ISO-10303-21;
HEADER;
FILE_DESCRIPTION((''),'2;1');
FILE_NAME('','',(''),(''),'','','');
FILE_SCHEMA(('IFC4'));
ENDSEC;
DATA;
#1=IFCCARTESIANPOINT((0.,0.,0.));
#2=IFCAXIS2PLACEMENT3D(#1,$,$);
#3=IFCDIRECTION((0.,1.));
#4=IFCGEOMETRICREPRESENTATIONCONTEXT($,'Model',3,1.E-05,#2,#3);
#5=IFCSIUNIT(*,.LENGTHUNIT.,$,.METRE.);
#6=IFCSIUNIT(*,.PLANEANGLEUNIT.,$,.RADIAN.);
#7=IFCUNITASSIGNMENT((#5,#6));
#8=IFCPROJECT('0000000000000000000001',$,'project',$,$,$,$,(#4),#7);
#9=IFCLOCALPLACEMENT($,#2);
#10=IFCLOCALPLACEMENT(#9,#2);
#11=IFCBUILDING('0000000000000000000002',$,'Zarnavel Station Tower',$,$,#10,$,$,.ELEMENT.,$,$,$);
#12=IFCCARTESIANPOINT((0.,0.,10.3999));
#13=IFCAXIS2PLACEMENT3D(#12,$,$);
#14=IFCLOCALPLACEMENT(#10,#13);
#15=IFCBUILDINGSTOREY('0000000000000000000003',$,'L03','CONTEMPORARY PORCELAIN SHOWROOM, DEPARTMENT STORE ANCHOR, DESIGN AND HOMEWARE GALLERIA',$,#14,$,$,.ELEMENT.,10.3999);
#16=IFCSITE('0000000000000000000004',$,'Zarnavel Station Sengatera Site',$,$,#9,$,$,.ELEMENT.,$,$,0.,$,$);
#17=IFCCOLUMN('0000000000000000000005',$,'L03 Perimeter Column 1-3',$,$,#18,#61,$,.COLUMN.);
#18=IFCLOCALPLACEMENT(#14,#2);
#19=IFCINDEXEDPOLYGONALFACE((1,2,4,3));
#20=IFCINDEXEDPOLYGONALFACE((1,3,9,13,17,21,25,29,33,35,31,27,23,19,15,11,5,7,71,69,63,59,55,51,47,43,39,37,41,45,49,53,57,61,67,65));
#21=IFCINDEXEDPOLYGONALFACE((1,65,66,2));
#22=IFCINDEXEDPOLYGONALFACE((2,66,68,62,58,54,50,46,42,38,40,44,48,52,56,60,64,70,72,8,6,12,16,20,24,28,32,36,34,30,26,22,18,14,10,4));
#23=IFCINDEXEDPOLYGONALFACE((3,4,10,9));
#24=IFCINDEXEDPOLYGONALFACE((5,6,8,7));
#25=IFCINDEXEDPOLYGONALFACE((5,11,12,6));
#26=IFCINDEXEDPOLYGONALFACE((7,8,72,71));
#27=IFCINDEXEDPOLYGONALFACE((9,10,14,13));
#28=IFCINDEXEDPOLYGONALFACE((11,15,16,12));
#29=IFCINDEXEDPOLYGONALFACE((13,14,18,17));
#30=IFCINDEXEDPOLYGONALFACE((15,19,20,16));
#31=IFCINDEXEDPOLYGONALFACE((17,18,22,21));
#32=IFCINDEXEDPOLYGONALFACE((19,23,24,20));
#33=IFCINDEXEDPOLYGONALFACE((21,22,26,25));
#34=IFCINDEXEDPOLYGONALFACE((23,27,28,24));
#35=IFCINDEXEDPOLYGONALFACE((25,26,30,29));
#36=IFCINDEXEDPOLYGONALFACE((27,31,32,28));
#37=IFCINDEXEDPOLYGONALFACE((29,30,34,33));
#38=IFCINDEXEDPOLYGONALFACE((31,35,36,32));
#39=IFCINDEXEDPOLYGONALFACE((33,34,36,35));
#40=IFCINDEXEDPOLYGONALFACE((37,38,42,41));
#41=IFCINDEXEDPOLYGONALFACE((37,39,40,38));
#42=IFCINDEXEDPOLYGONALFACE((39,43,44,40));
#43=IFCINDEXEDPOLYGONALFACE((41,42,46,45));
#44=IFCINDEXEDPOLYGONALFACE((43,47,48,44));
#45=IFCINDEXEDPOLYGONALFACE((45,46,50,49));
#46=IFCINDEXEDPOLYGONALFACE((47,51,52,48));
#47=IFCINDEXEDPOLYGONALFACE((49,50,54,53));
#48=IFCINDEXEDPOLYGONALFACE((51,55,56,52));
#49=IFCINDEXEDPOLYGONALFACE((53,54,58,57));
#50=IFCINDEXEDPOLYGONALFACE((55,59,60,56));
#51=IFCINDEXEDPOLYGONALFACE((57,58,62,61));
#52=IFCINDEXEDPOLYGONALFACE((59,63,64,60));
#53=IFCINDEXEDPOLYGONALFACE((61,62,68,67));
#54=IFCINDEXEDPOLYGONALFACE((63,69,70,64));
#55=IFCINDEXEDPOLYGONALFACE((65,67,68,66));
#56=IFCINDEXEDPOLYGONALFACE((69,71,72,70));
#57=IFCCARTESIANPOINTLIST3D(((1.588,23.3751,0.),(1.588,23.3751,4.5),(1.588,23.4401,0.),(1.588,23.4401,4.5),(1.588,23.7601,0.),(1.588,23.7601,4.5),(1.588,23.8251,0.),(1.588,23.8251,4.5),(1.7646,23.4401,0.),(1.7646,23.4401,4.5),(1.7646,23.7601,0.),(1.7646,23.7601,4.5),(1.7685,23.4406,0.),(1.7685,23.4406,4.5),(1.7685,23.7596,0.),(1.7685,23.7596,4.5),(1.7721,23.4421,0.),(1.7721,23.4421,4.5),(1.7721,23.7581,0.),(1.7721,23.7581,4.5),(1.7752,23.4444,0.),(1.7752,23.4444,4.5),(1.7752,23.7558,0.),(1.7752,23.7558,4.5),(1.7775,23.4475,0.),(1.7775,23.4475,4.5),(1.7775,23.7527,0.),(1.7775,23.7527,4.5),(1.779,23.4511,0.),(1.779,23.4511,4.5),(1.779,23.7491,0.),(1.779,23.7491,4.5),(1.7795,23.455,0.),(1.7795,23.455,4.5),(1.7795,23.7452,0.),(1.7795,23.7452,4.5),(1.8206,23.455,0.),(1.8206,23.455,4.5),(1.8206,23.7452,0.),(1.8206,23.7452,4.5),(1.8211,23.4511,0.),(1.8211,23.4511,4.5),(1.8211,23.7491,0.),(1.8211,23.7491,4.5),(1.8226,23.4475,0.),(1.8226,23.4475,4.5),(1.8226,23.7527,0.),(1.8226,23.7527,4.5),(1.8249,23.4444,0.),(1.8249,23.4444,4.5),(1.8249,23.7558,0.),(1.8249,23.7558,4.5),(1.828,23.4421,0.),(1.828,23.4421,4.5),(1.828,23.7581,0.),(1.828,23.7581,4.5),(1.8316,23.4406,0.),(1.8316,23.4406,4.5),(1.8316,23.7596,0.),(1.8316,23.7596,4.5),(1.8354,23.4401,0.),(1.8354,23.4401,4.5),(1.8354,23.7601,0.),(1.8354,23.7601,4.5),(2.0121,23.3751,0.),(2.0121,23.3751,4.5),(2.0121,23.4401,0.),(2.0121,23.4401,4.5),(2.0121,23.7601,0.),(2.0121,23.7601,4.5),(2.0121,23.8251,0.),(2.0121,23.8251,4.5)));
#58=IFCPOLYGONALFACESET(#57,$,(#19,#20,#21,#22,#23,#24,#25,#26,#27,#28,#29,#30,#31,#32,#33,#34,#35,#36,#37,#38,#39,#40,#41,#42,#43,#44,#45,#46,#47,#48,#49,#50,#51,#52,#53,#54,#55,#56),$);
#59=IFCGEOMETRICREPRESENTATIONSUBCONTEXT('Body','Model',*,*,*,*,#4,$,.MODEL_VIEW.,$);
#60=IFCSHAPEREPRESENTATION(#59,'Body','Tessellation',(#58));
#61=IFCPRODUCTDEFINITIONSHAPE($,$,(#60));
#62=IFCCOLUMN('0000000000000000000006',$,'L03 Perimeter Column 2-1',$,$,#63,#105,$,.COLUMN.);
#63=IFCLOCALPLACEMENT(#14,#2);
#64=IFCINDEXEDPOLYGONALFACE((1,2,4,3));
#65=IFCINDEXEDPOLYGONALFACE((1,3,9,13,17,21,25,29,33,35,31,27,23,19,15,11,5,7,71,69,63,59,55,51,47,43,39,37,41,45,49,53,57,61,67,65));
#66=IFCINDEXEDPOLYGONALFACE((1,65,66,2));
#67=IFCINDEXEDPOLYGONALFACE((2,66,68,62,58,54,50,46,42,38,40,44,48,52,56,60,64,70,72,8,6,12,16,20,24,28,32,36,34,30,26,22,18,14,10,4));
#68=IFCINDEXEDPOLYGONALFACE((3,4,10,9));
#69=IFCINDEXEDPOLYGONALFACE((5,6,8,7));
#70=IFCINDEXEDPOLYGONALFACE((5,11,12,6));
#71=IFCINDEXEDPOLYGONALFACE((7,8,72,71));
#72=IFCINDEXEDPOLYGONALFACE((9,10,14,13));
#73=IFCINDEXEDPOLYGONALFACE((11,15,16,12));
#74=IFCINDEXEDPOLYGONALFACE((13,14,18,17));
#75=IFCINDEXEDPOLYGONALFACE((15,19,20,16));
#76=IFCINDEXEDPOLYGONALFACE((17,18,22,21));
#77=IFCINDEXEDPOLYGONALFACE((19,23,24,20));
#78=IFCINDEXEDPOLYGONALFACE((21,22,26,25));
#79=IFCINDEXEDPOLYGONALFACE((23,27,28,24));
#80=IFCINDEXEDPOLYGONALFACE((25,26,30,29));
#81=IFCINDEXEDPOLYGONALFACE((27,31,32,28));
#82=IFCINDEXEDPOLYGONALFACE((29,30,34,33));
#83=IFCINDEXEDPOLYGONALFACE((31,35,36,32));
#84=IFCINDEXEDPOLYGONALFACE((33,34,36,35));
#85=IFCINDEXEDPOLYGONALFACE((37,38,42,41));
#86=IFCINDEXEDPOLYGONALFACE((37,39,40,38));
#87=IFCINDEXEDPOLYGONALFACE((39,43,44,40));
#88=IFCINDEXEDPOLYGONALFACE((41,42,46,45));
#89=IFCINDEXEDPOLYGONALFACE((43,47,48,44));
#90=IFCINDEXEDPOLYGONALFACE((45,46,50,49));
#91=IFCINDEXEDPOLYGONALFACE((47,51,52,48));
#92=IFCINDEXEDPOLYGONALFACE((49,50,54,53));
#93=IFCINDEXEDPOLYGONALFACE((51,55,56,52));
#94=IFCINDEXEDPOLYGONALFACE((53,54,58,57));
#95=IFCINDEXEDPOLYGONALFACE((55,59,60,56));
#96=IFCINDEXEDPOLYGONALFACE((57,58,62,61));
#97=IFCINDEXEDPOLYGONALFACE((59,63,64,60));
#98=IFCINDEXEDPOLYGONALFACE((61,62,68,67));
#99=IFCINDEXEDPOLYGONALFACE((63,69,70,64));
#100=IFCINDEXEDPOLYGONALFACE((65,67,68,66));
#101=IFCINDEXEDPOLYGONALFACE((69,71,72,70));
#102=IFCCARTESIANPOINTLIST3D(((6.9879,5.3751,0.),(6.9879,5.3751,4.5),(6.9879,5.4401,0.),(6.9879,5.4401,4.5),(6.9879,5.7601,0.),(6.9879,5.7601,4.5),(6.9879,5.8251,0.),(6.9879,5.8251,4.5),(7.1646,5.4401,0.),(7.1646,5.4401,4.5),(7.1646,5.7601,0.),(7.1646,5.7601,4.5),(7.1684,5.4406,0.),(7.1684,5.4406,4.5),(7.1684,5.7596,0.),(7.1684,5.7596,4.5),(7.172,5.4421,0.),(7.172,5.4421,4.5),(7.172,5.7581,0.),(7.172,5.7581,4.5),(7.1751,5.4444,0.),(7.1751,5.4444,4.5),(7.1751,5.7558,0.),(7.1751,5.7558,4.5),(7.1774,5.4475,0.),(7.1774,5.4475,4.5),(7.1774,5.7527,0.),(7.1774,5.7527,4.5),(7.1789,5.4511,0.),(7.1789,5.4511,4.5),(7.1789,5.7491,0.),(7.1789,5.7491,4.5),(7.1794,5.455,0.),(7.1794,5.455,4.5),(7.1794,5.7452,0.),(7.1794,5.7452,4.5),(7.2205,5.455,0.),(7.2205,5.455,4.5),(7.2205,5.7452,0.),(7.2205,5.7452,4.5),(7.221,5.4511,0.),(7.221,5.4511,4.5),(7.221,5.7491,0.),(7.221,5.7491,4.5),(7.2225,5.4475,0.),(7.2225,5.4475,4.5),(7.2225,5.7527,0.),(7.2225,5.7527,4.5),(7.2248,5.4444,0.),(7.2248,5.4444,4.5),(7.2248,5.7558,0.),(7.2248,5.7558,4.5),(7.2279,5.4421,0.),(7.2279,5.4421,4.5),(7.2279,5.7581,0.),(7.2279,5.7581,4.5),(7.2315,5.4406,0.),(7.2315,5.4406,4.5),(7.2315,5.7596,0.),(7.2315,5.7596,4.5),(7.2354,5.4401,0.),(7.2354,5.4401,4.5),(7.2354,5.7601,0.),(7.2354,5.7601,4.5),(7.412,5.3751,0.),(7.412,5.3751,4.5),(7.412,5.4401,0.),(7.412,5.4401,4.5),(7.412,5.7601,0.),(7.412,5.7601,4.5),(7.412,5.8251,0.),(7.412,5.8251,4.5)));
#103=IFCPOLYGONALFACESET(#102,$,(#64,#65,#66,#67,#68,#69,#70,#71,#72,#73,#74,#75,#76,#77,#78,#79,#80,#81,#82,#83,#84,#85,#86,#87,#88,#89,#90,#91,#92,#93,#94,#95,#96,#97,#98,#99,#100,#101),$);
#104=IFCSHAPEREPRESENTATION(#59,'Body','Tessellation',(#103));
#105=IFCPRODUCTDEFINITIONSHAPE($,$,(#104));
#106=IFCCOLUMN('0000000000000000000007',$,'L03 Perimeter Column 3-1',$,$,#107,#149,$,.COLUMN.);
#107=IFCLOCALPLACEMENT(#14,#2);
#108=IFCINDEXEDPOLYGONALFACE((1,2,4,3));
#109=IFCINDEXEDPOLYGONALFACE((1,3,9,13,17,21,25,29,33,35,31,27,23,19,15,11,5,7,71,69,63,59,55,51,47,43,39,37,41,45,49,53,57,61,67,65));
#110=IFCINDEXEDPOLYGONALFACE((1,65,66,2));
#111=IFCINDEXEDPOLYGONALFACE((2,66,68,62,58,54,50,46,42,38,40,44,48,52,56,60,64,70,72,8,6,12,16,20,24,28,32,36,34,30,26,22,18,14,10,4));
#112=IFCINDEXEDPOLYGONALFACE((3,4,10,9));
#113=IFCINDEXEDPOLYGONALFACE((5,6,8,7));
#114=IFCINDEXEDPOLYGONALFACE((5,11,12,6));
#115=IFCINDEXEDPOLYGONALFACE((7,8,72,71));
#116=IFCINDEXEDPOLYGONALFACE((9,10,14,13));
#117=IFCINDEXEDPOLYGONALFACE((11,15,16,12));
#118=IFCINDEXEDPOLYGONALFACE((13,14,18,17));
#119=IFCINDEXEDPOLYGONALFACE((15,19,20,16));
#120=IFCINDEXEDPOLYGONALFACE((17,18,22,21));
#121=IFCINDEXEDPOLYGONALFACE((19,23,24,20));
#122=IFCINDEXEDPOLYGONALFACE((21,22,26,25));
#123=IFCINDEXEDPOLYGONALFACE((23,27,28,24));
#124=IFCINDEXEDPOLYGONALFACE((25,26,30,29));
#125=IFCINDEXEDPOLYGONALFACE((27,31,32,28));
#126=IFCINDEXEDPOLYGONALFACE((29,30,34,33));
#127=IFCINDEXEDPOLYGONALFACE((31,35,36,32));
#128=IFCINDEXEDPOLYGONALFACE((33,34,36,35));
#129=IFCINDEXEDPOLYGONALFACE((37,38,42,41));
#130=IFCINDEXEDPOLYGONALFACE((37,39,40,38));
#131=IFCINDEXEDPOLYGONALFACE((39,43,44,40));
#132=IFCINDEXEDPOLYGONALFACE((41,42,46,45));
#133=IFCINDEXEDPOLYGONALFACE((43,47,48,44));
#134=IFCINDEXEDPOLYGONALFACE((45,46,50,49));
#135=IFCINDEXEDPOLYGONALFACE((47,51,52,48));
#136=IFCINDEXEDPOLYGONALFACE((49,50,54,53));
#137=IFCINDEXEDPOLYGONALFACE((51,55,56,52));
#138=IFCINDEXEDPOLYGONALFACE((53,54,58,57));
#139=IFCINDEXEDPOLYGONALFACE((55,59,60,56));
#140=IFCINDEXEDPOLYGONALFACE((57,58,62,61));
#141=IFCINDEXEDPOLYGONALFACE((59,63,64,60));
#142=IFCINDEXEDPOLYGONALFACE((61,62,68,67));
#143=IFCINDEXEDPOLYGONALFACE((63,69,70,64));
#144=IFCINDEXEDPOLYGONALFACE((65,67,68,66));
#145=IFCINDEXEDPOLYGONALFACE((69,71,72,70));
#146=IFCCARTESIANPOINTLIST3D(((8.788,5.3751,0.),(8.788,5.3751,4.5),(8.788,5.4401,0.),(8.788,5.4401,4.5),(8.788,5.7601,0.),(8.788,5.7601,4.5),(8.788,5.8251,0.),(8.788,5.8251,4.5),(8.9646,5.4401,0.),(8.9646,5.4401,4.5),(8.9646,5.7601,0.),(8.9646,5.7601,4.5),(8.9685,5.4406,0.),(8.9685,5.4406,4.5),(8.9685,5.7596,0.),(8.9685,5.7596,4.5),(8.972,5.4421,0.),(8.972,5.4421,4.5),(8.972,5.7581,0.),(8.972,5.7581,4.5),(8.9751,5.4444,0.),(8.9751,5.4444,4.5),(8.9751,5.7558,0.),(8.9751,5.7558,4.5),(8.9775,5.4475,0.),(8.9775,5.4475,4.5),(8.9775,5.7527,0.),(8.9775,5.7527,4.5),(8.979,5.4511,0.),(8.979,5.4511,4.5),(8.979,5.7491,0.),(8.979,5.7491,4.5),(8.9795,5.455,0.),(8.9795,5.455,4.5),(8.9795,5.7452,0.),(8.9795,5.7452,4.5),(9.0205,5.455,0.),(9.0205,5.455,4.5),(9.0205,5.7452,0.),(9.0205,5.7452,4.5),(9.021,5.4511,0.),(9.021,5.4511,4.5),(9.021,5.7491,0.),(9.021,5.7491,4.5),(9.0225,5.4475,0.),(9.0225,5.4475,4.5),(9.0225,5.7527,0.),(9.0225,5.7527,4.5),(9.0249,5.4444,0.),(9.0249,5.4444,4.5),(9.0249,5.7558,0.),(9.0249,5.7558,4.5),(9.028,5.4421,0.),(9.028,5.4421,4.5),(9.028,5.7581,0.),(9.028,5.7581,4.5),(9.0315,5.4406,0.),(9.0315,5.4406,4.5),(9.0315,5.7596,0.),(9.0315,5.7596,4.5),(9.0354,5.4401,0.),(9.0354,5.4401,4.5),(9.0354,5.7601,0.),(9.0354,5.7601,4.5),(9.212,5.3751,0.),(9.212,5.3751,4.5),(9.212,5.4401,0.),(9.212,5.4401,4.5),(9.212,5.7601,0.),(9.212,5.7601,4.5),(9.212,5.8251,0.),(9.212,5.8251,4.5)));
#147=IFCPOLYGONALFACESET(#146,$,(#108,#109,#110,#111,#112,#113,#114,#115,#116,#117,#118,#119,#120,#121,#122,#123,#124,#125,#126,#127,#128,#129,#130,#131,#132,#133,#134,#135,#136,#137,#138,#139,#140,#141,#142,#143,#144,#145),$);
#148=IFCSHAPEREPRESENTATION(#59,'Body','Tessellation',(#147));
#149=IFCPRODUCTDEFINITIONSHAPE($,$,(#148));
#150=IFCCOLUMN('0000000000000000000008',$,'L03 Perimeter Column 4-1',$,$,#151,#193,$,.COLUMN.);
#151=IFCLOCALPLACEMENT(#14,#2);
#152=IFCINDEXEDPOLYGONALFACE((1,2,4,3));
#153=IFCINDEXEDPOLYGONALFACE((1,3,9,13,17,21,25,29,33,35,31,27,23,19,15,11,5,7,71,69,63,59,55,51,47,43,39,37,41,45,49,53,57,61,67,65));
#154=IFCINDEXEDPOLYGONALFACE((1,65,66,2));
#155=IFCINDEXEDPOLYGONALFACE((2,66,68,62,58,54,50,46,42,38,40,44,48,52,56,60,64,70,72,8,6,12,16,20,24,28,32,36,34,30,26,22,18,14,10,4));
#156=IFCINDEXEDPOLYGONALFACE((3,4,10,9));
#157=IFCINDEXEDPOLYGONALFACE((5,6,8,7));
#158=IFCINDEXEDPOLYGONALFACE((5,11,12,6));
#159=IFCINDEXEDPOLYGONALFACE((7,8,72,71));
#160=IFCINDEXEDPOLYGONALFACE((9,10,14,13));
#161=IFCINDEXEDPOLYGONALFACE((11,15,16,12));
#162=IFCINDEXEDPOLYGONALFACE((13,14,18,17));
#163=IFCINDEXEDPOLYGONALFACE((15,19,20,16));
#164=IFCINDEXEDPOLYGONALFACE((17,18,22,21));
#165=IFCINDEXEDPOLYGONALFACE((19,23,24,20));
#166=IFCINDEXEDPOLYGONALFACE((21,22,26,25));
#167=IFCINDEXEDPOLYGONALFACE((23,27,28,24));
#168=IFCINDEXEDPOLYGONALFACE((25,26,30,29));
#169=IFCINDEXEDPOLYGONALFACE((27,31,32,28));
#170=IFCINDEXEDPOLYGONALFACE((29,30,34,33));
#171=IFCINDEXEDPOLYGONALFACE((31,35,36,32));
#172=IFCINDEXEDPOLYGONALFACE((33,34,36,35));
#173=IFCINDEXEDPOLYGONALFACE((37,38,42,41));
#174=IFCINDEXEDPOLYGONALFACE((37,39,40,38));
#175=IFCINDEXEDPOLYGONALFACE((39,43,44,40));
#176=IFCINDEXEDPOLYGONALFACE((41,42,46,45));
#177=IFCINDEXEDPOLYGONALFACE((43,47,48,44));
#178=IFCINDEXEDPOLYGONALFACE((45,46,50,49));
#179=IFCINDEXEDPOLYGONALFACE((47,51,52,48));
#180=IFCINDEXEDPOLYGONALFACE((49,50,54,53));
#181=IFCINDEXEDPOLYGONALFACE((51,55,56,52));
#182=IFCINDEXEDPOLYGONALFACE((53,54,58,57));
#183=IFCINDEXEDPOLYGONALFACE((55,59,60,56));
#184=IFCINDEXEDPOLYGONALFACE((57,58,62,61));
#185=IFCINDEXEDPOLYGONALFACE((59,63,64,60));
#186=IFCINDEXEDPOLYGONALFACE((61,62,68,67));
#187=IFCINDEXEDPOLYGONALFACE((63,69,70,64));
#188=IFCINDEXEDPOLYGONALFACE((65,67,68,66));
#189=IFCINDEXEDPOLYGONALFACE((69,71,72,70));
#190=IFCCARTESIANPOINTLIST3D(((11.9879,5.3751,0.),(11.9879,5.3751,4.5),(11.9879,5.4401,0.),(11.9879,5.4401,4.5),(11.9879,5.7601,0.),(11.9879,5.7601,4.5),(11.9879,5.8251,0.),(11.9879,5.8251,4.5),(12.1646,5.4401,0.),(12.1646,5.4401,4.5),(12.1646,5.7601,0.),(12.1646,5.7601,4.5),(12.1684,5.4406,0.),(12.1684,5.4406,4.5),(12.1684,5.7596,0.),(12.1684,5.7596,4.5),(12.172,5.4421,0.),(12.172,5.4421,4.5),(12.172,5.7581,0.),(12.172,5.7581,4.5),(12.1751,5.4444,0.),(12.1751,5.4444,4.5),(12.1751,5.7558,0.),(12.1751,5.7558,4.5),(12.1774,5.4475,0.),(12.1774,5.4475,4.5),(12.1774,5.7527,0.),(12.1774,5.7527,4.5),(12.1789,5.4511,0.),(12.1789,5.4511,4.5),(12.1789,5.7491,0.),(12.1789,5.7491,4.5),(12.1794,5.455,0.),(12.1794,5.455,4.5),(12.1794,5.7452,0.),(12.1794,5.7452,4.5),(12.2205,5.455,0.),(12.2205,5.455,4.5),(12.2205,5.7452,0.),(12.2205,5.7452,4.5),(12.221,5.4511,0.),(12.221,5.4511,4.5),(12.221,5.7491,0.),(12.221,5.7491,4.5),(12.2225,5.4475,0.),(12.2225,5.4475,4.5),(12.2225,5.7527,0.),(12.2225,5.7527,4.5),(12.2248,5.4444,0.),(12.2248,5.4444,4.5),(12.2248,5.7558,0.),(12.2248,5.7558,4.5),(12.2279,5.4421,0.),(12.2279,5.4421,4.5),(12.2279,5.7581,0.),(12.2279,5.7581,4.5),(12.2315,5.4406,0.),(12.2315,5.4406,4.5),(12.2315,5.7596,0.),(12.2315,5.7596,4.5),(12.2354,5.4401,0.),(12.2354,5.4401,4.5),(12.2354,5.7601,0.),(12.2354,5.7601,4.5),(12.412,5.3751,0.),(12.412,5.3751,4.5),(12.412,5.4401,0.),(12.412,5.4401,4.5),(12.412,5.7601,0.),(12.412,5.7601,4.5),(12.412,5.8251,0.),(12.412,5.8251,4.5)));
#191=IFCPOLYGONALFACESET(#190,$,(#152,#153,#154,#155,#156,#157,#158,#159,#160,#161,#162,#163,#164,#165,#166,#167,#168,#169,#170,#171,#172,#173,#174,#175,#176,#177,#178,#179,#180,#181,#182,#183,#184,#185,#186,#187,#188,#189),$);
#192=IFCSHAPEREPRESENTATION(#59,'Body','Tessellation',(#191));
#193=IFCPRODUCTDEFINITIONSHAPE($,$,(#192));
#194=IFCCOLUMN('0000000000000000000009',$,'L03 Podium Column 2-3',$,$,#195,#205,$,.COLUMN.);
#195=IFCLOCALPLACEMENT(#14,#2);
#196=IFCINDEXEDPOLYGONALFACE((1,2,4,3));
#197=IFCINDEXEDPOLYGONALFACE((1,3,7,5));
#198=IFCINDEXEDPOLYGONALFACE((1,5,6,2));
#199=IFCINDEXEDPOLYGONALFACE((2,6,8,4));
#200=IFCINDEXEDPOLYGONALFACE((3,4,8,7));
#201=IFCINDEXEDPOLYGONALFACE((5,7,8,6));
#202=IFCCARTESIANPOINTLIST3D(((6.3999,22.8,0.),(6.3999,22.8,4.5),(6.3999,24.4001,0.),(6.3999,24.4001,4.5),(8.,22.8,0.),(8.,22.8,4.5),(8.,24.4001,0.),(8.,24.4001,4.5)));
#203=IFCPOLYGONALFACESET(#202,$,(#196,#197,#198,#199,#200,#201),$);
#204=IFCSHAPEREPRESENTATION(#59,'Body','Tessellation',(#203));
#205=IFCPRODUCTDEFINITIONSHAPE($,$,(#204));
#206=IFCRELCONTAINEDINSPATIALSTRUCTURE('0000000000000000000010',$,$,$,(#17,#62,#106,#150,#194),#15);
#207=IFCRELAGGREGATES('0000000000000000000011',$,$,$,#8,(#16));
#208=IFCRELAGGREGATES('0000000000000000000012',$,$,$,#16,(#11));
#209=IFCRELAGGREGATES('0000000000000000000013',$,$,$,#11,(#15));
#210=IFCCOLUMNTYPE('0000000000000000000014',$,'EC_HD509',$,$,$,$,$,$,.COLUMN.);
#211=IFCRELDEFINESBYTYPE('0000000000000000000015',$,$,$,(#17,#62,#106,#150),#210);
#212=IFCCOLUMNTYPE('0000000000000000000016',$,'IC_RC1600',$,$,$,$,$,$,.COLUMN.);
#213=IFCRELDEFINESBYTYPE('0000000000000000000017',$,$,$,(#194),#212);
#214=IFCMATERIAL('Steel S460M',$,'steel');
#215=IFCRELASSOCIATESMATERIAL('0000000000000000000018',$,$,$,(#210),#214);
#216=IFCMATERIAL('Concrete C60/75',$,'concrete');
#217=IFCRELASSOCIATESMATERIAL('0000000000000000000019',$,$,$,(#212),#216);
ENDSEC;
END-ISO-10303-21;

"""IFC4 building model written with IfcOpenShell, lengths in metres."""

from ifc_helpers import new_model, si_unit, direction, frame, origin, origin_2d, place, context, subcontext, project, spatial, rectangle, i_section, extrude, material, material_profile, profile_set, type_object, element, save


model = new_model("IFC4")

# Units and contexts
model_context = context("Model", 3, precision=1e-05, world=origin(), true_north=direction((0.0, 1.0)))
body_context = subcontext(model_context, "Body", "Model", "MODEL_VIEW")
ifc_project = project(units=[si_unit("LENGTHUNIT", "METRE"), si_unit("PLANEANGLEUNIT", "RADIAN")], contexts=[model_context])

# Site, building, storey
site_placement = place(None, origin())
site = spatial("IfcSite", under=ifc_project, at=site_placement, Name="Zarnavel Station Sengatera Site", CompositionType="ELEMENT", RefElevation=0.0)
building_placement = place(site_placement, origin())
building = spatial("IfcBuilding", under=site, at=building_placement, Name="Zarnavel Station Tower", CompositionType="ELEMENT")
storey_placement = place(building_placement, frame((0.0, 0.0, 10.3999)))
storey = spatial("IfcBuildingStorey", under=building, at=storey_placement, Name="L03", Description="CONTEMPORARY PORCELAIN SHOWROOM, DEPARTMENT STORE ANCHOR, DESIGN AND HOMEWARE GALLERIA", CompositionType="ELEMENT", Elevation=10.3999)

# Columns
ifc_material_1 = material(Name="Steel S460M", Category="steel")
ifc_material_profile_1 = material_profile(ifc_material_1, i_section(OverallWidth=0.4241, OverallDepth=0.45, WebThickness=0.041, FlangeThickness=0.0649, FilletRadius=0.0149, at=origin_2d()), Name="HD400x509")
ifc_profile_set_1 = profile_set([ifc_material_profile_1], Name="Steel S460M")
column_type_1 = type_object("IfcColumnType", Name="EC_HD509", PredefinedType="COLUMN", material=ifc_profile_set_1)
for number, where, z_axis, x_axis, name in (
    (1, (1.8, 23.6001, 0.0), (0.0, 0.0, 1.0), (1.0, 0.0, 0.0), "L03 Perimeter Column 1-3"),
    (2, (7.2, 5.6001, 0.0), (0.0, 0.0, 1.0), (1.0, 0.0, 0.0), "L03 Perimeter Column 2-1"),
    (3, (9.0, 5.6001, 0.0), (0.0, 0.0, 1.0), (1.0, 0.0, 0.0), "L03 Perimeter Column 3-1"),
    (4, (12.2, 5.6001, 0.0), (0.0, 0.0, 1.0), (1.0, 0.0, 0.0), "L03 Perimeter Column 4-1"),
):
    element("IfcColumn", number, at=place(storey_placement, frame(where, z_axis=z_axis, x_axis=x_axis)), inside=storey, type_object=column_type_1, Name=name, PredefinedType="COLUMN", context=body_context, shape_type="SweptSolid", body=[
        extrude(i_section(OverallWidth=0.4241, OverallDepth=0.45, WebThickness=0.041, FlangeThickness=0.0649, FilletRadius=0.0149, at=origin_2d()), origin(), (0.0, 0.0, 1.0), 4.5),
    ])
ifc_material_2 = material(Name="Concrete C60/75", Category="concrete")
ifc_material_profile_2 = material_profile(ifc_material_2, rectangle(XDim=1.6001, YDim=1.6001, at=origin_2d()), Name="RC1600x1600")
ifc_profile_set_2 = profile_set([ifc_material_profile_2], Name="Concrete C60/75")
column_type_2 = type_object("IfcColumnType", Name="IC_RC1600", PredefinedType="COLUMN", material=ifc_profile_set_2)
for number, where, z_axis, x_axis, name in (
    (5, (7.2, 23.6001, 0.0), (0.0, 0.0, 1.0), (1.0, 0.0, 0.0), "L03 Podium Column 2-3"),
):
    element("IfcColumn", number, at=place(storey_placement, frame(where, z_axis=z_axis, x_axis=x_axis)), inside=storey, type_object=column_type_2, Name=name, PredefinedType="COLUMN", context=body_context, shape_type="SweptSolid", body=[
        extrude(rectangle(XDim=1.6001, YDim=1.6001, at=origin_2d()), origin(), (0.0, 0.0, 1.0), 4.5),
    ])

save(model, "model.ifc")
